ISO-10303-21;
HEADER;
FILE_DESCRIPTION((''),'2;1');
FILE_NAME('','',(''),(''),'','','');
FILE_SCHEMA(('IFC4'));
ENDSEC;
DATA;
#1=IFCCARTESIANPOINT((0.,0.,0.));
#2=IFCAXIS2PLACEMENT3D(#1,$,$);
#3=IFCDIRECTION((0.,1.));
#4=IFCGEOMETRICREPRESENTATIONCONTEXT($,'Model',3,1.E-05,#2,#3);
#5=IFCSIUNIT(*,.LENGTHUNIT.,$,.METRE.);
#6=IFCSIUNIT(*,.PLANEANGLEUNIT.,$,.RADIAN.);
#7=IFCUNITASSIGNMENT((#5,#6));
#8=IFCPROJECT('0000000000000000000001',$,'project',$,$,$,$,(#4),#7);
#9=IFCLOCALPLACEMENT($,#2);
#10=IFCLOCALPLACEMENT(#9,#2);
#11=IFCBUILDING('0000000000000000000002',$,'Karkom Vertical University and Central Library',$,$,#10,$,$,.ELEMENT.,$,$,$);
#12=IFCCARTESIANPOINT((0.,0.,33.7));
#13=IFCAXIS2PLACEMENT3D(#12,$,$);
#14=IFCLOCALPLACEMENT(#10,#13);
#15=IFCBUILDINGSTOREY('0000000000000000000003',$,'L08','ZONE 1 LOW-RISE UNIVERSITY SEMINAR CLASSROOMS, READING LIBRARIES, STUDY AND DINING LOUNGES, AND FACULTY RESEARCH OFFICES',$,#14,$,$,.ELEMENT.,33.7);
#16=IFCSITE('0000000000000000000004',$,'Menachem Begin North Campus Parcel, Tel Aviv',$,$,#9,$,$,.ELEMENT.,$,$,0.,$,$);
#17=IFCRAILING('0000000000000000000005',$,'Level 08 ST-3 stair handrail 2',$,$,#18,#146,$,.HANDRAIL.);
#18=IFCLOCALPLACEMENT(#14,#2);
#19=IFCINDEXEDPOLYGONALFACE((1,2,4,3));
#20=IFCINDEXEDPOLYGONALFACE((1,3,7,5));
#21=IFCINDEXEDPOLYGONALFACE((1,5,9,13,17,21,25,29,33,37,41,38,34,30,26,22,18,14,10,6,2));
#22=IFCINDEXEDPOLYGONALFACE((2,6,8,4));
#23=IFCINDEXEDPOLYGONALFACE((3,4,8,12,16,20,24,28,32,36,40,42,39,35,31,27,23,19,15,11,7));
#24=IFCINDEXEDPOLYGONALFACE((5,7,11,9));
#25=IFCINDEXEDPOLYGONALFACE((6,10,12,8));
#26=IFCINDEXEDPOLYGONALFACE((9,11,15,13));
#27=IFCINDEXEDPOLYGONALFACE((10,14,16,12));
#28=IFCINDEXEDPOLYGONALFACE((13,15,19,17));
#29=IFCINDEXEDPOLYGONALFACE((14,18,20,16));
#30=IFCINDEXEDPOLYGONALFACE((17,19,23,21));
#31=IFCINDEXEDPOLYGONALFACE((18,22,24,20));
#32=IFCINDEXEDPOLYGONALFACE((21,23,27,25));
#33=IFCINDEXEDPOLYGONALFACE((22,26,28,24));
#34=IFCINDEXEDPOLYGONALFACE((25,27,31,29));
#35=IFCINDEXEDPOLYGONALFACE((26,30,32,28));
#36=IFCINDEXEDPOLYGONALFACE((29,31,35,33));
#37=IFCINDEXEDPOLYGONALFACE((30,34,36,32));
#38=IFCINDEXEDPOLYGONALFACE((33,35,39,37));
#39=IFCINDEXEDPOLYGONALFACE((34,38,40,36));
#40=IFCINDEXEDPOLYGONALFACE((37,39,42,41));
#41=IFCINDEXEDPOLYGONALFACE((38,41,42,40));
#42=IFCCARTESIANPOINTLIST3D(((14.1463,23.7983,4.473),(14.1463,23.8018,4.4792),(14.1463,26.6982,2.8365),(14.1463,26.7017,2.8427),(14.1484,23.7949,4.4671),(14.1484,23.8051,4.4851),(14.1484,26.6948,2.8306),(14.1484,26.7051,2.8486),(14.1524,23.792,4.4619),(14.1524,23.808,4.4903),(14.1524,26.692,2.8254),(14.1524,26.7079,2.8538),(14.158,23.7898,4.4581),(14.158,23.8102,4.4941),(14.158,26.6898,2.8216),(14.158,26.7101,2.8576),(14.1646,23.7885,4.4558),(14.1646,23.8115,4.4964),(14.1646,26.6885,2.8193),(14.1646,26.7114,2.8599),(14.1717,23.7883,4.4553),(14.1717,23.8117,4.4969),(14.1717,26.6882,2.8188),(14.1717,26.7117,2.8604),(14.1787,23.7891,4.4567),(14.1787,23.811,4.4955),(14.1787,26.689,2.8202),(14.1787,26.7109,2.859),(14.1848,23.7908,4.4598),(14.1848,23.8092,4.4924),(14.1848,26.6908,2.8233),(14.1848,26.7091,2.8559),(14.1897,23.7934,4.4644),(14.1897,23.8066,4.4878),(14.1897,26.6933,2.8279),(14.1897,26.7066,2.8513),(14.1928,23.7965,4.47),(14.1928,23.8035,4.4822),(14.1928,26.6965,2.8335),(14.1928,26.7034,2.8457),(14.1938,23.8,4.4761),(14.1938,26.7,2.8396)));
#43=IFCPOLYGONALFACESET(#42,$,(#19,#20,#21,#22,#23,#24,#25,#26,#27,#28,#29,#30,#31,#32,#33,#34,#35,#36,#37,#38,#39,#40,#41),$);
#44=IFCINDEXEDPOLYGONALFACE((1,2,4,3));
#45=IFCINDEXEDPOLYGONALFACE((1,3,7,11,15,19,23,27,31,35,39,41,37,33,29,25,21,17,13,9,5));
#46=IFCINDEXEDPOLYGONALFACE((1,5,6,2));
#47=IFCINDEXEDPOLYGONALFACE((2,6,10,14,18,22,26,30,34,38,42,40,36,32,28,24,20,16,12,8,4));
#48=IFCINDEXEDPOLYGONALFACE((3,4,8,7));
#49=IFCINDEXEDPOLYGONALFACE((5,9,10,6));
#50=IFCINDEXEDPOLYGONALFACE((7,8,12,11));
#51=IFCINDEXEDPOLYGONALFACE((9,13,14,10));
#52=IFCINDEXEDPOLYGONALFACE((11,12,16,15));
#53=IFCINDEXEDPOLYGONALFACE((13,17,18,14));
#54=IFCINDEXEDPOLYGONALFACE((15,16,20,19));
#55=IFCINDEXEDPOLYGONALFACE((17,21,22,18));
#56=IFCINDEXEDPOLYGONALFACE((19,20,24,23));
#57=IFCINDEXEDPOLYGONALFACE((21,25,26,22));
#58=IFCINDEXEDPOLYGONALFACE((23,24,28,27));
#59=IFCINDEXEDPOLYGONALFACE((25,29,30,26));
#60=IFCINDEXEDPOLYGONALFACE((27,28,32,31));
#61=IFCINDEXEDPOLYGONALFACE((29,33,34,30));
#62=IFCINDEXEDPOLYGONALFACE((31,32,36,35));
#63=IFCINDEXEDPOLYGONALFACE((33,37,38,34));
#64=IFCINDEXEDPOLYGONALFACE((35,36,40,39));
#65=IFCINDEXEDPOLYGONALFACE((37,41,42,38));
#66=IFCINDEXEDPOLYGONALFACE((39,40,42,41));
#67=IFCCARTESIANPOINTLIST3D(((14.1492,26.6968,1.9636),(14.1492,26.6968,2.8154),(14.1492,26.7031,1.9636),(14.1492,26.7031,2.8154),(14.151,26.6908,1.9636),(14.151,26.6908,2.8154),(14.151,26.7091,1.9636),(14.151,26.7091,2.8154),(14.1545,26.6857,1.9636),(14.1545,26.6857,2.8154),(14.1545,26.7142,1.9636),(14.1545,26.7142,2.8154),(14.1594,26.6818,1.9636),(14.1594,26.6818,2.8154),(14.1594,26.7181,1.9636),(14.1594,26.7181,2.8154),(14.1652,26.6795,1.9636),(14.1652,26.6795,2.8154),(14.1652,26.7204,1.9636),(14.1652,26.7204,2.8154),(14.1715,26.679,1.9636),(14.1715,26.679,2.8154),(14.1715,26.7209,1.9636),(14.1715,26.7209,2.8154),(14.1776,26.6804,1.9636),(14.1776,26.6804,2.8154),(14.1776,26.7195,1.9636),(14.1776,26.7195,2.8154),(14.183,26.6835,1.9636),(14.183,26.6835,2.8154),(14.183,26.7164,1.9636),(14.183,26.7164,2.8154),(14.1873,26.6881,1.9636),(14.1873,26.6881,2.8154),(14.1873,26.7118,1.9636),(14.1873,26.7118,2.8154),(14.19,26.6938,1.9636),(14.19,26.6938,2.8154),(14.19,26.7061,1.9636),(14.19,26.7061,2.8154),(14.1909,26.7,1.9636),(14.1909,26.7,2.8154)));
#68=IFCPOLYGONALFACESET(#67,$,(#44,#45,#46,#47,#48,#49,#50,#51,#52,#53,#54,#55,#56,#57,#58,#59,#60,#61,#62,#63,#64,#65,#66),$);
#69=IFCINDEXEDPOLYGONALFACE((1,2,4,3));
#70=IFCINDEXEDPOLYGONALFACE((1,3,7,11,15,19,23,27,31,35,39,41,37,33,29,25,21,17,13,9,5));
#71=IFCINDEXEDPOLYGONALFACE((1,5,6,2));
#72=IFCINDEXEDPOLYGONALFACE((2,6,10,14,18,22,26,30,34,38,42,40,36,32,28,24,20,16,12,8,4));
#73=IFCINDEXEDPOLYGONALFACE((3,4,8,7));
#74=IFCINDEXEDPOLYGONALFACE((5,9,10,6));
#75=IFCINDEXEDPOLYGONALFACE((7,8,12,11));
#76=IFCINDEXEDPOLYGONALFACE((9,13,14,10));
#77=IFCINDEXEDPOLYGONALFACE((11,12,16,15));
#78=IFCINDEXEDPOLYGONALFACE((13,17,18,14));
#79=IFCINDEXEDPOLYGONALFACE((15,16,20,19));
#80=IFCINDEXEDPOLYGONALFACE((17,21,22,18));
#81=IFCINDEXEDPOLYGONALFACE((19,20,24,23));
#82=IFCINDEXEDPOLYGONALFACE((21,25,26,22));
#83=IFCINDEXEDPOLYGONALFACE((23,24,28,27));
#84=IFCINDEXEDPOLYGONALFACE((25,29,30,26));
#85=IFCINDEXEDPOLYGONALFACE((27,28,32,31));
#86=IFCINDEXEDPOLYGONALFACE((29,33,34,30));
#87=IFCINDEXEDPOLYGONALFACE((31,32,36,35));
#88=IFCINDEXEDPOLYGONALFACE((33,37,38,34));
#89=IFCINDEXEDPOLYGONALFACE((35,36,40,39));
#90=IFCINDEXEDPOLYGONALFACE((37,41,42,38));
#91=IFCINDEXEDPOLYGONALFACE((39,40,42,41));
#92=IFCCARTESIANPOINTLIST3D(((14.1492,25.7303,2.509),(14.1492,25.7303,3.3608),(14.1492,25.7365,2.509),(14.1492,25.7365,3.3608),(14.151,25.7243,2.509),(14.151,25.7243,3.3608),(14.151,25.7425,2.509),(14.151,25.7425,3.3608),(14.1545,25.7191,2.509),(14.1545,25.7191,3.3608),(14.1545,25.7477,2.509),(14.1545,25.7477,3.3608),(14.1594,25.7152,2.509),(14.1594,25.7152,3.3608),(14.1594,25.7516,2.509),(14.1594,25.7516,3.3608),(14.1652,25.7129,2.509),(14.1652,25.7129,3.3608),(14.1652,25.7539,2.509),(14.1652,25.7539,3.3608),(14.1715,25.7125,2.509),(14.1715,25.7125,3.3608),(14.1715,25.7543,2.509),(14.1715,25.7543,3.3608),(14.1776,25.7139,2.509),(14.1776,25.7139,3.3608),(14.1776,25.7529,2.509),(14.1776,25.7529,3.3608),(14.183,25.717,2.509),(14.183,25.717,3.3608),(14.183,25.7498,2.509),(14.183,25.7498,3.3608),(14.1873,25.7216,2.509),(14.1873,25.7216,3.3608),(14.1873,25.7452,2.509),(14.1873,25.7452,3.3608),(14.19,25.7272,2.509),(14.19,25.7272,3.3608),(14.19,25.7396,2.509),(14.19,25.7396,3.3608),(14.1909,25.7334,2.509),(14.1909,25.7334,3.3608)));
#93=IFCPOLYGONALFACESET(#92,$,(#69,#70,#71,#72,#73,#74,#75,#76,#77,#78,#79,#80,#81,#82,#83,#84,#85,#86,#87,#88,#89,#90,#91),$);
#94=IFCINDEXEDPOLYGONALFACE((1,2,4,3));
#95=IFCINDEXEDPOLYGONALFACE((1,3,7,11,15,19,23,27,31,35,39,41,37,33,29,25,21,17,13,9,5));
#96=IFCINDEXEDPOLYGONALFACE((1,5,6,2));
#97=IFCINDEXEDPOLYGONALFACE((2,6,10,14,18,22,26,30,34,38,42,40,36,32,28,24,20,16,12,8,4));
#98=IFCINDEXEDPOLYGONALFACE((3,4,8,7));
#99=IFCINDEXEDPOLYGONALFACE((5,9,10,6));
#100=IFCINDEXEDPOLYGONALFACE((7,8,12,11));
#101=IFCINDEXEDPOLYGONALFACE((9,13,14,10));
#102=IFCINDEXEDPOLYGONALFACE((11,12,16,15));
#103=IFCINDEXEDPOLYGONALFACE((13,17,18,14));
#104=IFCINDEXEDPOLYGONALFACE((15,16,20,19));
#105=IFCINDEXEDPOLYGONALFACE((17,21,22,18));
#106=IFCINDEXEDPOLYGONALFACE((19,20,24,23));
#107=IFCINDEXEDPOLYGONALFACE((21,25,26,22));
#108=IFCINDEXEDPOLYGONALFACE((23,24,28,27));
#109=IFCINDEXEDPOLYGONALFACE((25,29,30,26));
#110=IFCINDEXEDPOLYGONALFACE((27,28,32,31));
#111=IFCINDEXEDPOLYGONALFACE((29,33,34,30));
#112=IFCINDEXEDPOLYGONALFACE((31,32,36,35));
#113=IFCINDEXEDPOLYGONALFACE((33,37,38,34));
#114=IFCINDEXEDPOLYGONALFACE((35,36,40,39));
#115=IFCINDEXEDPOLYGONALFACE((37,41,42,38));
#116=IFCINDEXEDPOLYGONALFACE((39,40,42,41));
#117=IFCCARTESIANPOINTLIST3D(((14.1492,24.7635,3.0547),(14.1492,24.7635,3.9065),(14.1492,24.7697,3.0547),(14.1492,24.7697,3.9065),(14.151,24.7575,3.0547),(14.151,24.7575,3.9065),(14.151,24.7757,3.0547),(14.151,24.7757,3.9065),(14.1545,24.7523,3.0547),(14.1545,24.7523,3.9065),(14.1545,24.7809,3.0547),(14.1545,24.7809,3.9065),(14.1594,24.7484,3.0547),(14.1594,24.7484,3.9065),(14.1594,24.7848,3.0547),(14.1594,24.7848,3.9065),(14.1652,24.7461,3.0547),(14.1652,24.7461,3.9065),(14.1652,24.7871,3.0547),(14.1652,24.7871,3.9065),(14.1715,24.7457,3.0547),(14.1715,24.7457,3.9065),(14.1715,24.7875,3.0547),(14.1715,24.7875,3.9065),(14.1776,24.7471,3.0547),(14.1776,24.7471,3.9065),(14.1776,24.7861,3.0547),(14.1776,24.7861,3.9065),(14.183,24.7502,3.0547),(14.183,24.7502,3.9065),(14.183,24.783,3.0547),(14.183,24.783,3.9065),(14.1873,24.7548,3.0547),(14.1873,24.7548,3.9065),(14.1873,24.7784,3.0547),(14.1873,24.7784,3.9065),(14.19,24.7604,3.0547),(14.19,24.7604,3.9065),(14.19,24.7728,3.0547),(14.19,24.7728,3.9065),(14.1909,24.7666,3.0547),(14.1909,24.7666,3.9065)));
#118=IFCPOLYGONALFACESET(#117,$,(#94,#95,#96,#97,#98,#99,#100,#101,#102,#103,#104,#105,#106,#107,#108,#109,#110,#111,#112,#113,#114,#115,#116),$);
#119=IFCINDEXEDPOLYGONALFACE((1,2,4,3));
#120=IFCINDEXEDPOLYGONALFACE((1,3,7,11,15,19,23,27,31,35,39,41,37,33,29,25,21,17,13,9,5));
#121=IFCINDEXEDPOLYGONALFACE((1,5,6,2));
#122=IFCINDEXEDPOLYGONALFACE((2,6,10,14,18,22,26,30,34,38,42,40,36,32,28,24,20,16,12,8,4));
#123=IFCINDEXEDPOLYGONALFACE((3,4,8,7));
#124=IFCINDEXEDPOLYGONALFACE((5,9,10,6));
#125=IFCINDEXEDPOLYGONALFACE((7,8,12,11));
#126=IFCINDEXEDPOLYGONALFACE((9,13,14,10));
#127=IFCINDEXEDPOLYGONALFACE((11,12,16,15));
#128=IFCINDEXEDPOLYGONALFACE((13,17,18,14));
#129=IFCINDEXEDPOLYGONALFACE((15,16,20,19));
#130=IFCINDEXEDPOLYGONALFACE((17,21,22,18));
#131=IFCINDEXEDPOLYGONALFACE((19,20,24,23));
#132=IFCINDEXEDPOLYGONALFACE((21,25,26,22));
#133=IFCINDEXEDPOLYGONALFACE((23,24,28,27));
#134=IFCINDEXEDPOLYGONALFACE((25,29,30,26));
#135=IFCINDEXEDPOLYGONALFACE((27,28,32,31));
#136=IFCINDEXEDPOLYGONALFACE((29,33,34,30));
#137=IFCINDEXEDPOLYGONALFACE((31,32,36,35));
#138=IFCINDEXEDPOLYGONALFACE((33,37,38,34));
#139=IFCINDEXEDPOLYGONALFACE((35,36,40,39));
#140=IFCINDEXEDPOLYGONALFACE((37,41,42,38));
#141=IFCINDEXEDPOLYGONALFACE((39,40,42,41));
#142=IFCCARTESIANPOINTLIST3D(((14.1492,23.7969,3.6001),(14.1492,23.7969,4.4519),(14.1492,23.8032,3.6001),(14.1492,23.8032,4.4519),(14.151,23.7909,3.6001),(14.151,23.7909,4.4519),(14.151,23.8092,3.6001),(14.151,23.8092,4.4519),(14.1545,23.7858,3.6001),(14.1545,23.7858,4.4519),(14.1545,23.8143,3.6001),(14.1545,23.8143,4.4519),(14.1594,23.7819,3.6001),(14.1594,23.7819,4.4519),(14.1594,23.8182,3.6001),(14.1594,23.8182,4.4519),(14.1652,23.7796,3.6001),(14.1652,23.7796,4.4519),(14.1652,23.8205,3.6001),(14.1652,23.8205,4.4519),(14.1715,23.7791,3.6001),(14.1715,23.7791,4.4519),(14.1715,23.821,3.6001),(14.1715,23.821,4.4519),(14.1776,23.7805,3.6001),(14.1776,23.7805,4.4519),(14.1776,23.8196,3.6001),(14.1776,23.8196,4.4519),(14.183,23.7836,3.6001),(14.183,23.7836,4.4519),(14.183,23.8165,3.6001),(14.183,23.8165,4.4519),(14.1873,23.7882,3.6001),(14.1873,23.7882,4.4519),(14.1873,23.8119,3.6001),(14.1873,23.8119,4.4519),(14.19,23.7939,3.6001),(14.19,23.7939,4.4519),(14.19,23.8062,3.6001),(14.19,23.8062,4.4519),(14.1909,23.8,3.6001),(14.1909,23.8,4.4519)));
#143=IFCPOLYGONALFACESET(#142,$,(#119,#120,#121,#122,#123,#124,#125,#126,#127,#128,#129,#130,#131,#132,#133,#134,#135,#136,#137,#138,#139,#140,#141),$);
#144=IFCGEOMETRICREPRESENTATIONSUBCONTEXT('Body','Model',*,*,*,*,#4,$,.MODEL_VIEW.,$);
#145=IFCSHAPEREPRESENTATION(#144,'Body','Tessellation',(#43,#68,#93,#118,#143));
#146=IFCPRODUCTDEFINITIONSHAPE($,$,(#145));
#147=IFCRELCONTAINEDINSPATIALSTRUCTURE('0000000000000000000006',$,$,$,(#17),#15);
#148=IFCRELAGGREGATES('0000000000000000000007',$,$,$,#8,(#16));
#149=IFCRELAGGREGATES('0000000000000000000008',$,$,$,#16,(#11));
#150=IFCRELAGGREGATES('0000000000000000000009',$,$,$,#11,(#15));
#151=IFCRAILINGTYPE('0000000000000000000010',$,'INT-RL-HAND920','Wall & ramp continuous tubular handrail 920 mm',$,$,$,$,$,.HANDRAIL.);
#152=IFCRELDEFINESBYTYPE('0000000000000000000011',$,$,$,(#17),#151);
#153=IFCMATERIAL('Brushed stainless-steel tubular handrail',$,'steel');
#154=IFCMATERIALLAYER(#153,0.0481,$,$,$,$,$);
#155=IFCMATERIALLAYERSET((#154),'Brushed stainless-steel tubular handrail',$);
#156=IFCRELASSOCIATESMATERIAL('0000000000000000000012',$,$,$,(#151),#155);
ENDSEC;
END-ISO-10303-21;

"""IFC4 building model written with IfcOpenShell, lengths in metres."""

from ifc_helpers import new_model, si_unit, direction, frame, origin, origin_2d, place, context, subcontext, project, spatial, circle, extrude, material, layer, layer_set, type_object, element, save


model = new_model("IFC4")

# Units and contexts
model_context = context("Model", 3, precision=1e-05, world=origin(), true_north=direction((0.0, 1.0)))
body_context = subcontext(model_context, "Body", "Model", "MODEL_VIEW")
ifc_project = project(units=[si_unit("LENGTHUNIT", "METRE"), si_unit("PLANEANGLEUNIT", "RADIAN")], contexts=[model_context])

# Site, building, storey
site_placement = place(None, origin())
site = spatial("IfcSite", under=ifc_project, at=site_placement, Name="Menachem Begin North Campus Parcel, Tel Aviv", CompositionType="ELEMENT", RefElevation=0.0)
building_placement = place(site_placement, origin())
building = spatial("IfcBuilding", under=site, at=building_placement, Name="Karkom Vertical University and Central Library", CompositionType="ELEMENT")
storey_placement = place(building_placement, frame((0.0, 0.0, 33.7)))
storey = spatial("IfcBuildingStorey", under=building, at=storey_placement, Name="L08", Description="ZONE 1 LOW-RISE UNIVERSITY SEMINAR CLASSROOMS, READING LIBRARIES, STUDY AND DINING LOUNGES, AND FACULTY RESEARCH OFFICES", CompositionType="ELEMENT", Elevation=33.7)

# Railing
ifc_material_1 = material(Name="Brushed stainless-steel tubular handrail", Category="steel")
ifc_layer_1 = layer(ifc_material_1, 0.0481)
ifc_layer_set_1 = layer_set([ifc_layer_1], Name="Brushed stainless-steel tubular handrail")
railing_type_1 = type_object("IfcRailingType", Name="INT-RL-HAND920", Description="Wall & ramp continuous tubular handrail 920 mm", PredefinedType="HANDRAIL", material=ifc_layer_set_1)
railing_1_placement = place(storey_placement, frame((14.1699, 26.7, 1.9636)))
element("IfcRailing", 1, at=railing_1_placement, inside=storey, type_object=railing_type_1, Name="Level 08 ST-3 stair handrail 2", PredefinedType="HANDRAIL", context=body_context, shape_type="SweptSolid", body=[
    extrude(circle(Radius=0.0239, at=origin_2d()), frame((0.0, 0.0, 0.876), z_axis=(0.0, -0.870897, 0.491465), x_axis=(1.0, 0.0, 0.0)), (0.0, 0.0, 1.0), 3.3298),
    extrude(circle(Radius=0.021, at=origin_2d()), origin(), (0.0, 0.0, 1.0), 0.8518),
    extrude(circle(Radius=0.021, at=origin_2d()), frame((0.0, -0.9666, 0.5454)), (0.0, 0.0, 1.0), 0.8518),
    extrude(circle(Radius=0.021, at=origin_2d()), frame((0.0, -1.9333, 1.0911)), (0.0, 0.0, 1.0), 0.8518),
    extrude(circle(Radius=0.021, at=origin_2d()), frame((0.0, -2.8999, 1.6365)), (0.0, 0.0, 1.0), 0.8518),
])

save(model, "model.ifc")
